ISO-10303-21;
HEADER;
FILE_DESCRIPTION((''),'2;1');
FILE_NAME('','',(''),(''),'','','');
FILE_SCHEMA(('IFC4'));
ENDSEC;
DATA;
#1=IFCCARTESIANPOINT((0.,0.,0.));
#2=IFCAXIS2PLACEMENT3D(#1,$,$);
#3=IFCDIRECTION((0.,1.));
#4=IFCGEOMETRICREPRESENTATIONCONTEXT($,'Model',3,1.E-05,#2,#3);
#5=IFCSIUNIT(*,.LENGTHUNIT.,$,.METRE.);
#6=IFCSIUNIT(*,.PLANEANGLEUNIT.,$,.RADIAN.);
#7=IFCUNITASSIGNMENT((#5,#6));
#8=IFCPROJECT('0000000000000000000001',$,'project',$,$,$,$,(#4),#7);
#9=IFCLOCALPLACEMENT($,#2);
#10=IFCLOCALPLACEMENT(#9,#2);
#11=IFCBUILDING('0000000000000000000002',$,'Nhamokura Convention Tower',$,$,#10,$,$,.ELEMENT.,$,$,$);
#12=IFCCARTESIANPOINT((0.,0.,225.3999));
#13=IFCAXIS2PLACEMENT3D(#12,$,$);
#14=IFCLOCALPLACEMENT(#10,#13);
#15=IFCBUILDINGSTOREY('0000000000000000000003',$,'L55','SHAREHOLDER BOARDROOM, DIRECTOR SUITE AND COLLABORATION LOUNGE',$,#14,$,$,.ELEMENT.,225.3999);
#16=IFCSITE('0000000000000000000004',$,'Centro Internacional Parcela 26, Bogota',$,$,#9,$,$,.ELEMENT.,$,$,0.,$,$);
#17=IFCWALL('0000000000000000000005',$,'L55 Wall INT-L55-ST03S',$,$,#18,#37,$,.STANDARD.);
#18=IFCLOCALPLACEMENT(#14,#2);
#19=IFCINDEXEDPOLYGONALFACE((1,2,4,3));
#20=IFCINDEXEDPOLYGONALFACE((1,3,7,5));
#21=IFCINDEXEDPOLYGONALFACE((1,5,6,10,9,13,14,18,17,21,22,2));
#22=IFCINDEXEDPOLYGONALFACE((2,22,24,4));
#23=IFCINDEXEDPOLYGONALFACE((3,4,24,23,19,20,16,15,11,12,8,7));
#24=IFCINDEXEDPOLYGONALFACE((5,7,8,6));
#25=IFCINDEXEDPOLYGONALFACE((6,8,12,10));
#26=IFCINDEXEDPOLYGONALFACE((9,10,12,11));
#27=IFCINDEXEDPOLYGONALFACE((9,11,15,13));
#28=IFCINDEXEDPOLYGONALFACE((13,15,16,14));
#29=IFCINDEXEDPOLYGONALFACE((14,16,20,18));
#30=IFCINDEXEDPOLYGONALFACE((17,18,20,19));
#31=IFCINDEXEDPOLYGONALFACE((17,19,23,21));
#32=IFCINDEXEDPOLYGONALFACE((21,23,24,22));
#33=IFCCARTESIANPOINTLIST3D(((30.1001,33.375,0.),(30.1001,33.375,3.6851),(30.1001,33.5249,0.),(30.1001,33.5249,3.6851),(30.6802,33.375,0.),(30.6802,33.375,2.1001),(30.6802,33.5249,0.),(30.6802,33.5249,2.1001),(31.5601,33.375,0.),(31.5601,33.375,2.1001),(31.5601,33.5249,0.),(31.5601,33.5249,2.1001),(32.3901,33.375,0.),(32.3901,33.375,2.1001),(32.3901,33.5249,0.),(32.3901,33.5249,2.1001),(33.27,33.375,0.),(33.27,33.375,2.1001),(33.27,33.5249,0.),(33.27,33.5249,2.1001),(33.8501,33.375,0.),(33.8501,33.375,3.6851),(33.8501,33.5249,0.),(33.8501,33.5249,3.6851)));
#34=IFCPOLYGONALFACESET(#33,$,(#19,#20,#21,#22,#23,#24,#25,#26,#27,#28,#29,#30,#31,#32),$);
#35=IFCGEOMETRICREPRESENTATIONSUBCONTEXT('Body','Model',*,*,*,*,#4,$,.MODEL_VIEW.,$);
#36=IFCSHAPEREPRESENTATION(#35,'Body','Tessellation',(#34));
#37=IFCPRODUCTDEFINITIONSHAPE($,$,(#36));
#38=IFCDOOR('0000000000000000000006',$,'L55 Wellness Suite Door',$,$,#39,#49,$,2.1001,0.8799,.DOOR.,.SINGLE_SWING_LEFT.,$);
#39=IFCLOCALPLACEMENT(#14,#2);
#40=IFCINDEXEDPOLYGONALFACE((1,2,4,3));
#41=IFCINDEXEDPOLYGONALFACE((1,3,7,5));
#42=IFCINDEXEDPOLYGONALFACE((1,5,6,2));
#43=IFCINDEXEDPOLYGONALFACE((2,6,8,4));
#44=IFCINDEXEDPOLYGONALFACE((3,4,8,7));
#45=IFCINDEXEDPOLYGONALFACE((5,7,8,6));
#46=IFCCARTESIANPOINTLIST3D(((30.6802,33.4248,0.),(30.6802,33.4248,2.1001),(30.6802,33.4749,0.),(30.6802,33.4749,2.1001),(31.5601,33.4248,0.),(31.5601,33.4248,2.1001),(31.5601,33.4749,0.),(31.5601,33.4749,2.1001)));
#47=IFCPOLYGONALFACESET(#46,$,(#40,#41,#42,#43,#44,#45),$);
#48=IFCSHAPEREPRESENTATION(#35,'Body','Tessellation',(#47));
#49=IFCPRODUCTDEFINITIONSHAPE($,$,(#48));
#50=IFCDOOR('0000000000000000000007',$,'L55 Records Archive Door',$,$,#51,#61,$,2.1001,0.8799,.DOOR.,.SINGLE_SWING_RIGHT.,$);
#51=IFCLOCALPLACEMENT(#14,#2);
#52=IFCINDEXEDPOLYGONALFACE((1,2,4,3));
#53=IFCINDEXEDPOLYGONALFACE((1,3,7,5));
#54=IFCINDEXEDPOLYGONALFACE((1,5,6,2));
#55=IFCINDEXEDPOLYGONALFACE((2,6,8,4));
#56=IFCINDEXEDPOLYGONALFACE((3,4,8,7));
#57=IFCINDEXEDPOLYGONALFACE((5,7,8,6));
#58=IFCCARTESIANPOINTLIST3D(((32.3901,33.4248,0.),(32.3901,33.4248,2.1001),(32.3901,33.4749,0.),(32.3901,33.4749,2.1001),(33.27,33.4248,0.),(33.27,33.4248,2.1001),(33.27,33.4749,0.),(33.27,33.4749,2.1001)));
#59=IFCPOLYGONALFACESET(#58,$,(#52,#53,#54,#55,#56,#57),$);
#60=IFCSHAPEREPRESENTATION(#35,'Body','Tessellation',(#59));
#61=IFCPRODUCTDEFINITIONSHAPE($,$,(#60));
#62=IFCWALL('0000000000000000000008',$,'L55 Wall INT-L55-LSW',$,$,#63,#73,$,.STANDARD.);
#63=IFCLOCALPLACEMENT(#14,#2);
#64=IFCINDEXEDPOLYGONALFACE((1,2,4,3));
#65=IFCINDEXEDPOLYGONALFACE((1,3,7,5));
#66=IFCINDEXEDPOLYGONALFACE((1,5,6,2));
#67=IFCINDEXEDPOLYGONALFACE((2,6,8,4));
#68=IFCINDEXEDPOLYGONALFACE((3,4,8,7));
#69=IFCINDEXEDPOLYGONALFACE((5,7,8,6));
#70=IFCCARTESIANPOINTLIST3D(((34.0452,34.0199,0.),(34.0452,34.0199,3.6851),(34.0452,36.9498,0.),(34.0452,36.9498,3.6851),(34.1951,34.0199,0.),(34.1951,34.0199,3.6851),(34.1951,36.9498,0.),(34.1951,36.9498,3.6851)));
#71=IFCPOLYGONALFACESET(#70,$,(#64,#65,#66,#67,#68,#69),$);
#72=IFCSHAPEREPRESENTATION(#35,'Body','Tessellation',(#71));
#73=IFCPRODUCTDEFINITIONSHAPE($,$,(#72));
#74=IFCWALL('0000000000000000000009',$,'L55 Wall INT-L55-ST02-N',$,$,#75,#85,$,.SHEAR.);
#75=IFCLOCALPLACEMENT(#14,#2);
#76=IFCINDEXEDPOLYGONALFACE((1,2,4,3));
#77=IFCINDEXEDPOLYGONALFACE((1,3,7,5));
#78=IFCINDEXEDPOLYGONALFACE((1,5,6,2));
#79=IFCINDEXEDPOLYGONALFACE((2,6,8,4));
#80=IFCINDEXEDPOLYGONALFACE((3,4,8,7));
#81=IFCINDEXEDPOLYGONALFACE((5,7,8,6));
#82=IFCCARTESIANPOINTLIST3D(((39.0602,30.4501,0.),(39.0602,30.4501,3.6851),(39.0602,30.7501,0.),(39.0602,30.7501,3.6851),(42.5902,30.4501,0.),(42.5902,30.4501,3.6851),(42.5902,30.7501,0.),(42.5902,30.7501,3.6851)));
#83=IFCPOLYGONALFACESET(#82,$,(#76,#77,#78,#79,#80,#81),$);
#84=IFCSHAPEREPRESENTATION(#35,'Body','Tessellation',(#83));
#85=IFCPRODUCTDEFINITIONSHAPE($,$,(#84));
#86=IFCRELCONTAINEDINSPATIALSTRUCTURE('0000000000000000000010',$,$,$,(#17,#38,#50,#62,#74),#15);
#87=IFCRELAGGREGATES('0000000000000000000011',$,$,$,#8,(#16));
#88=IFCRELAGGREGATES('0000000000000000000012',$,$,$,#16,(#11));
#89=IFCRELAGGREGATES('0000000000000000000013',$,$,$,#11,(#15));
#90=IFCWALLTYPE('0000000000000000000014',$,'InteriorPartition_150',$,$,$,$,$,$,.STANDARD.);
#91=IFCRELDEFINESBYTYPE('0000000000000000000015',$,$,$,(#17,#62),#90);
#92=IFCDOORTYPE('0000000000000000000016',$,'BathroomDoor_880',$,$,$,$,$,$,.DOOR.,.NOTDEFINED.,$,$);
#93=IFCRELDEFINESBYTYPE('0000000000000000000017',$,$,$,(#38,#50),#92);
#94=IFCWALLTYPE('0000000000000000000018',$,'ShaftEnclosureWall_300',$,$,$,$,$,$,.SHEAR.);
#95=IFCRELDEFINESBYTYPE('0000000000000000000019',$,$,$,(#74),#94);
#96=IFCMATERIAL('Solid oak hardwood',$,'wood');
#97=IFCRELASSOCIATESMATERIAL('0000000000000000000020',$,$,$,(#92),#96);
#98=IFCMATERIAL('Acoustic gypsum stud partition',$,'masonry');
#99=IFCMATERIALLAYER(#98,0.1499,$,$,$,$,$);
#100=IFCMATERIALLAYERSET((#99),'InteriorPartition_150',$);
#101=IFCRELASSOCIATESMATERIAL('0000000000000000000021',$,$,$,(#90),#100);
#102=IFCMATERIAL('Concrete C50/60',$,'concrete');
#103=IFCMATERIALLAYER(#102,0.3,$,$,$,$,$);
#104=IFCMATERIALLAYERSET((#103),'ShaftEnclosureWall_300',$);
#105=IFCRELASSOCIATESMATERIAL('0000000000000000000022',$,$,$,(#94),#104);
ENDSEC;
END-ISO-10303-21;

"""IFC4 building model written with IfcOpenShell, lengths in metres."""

from ifc_helpers import new_model, si_unit, direction, frame, frame_2d, origin, place, context, subcontext, project, spatial, rectangle, extrude, material, layer, layer_set, type_object, element, fill, save


model = new_model("IFC4")

# Units and contexts
model_context = context("Model", 3, precision=1e-05, world=origin(), true_north=direction((0.0, 1.0)))
body_context = subcontext(model_context, "Body", "Model", "MODEL_VIEW")
ifc_project = project(units=[si_unit("LENGTHUNIT", "METRE"), si_unit("PLANEANGLEUNIT", "RADIAN")], contexts=[model_context])

# Site, building, storey
site_placement = place(None, origin())
site = spatial("IfcSite", under=ifc_project, at=site_placement, Name="Centro Internacional Parcela 26, Bogota", CompositionType="ELEMENT", RefElevation=0.0)
building_placement = place(site_placement, origin())
building = spatial("IfcBuilding", under=site, at=building_placement, Name="Nhamokura Convention Tower", CompositionType="ELEMENT")
storey_placement = place(building_placement, frame((0.0, 0.0, 225.3999)))
storey = spatial("IfcBuildingStorey", under=building, at=storey_placement, Name="L55", Description="SHAREHOLDER BOARDROOM, DIRECTOR SUITE AND COLLABORATION LOUNGE", CompositionType="ELEMENT", Elevation=225.3999)

# Shared definitions
ifc_material_1 = material(Name="Solid oak hardwood", Category="wood")
door_type_1 = type_object("IfcDoorType", Name="BathroomDoor_880", OperationType="NOTDEFINED", PredefinedType="DOOR", material=ifc_material_1)

# Shared definitions
ifc_material_2 = material(Name="Acoustic gypsum stud partition", Category="masonry")
ifc_layer_1 = layer(ifc_material_2, 0.1499)
ifc_layer_set_1 = layer_set([ifc_layer_1], Name="InteriorPartition_150")
wall_type_1 = type_object("IfcWallType", Name="InteriorPartition_150", PredefinedType="STANDARD", material=ifc_layer_set_1)

# Wall, openings, doors
wall_1_placement = place(storey_placement, frame((30.1001, 33.45, 0.0), z_axis=(0.0, 0.0, 1.0), x_axis=(1.0, 0.0, 0.0)))
wall_1 = element("IfcWall", 1, at=wall_1_placement, inside=storey, type_object=wall_type_1, Name="L55 Wall INT-L55-ST03S", PredefinedType="STANDARD", context=body_context, shape_type="SweptSolid", body=[
    extrude(rectangle(XDim=3.75, YDim=0.1499, at=frame_2d((1.875, 0.0))), origin(), (0.0, 0.0, 1.0), 3.6851),
])
opening_1_placement = place(wall_1_placement, frame((0.5801, 0.0, 0.0)))
opening_1 = element("IfcOpeningElement", 2, at=opening_1_placement, cuts=wall_1, PredefinedType="OPENING", context=body_context, shape_type="SweptSolid", body=[
    extrude(rectangle(XDim=0.8799, YDim=2.1001, at=frame_2d((0.4399, 1.05))), frame((0.0, 0.085, 0.0), z_axis=(0.0, -1.0, 0.0), x_axis=(1.0, 0.0, 0.0)), (0.0, 0.0, 1.0), 0.1699),
])
opening_2_placement = place(wall_1_placement, frame((2.29, 0.0, 0.0)))
opening_2 = element("IfcOpeningElement", 3, at=opening_2_placement, cuts=wall_1, PredefinedType="OPENING", context=body_context, shape_type="SweptSolid", body=[
    extrude(rectangle(XDim=0.8799, YDim=2.1001, at=frame_2d((0.4399, 1.05))), frame((0.0, 0.085, 0.0), z_axis=(0.0, -1.0, 0.0), x_axis=(1.0, 0.0, 0.0)), (0.0, 0.0, 1.0), 0.1699),
])
door_1_placement = place(opening_1_placement, origin())
door_1 = element("IfcDoor", 4, at=door_1_placement, inside=storey, type_object=door_type_1, Name="L55 Wellness Suite Door", OperationType="SINGLE_SWING_LEFT", OverallHeight=2.1001, OverallWidth=0.8799, PredefinedType="DOOR", context=body_context, shape_type="SweptSolid", body=[
    extrude(rectangle(XDim=0.8799, YDim=2.1001, at=frame_2d((0.4399, 1.05))), frame((0.0, 0.0249, 0.0), z_axis=(0.0, -1.0, 0.0), x_axis=(1.0, 0.0, 0.0)), (0.0, 0.0, 1.0), 0.05),
])
fill(opening_1, door_1)
door_2_placement = place(opening_2_placement, origin())
door_2 = element("IfcDoor", 5, at=door_2_placement, inside=storey, type_object=door_type_1, Name="L55 Records Archive Door", OperationType="SINGLE_SWING_RIGHT", OverallHeight=2.1001, OverallWidth=0.8799, PredefinedType="DOOR", context=body_context, shape_type="SweptSolid", body=[
    extrude(rectangle(XDim=0.8799, YDim=2.1001, at=frame_2d((0.4399, 1.05))), frame((0.0, 0.0249, 0.0), z_axis=(0.0, -1.0, 0.0), x_axis=(1.0, 0.0, 0.0)), (0.0, 0.0, 1.0), 0.05),
])
fill(opening_2, door_2)

# Walls
wall_2_placement = place(storey_placement, frame((34.1201, 34.02, 0.0), z_axis=(0.0, 0.0, 1.0), x_axis=(0.0, 1.0, 0.0)))
element("IfcWall", 6, at=wall_2_placement, inside=storey, type_object=wall_type_1, Name="L55 Wall INT-L55-LSW", PredefinedType="STANDARD", context=body_context, shape_type="SweptSolid", body=[
    extrude(rectangle(XDim=2.9299, YDim=0.1499, at=frame_2d((1.4648, 0.0))), origin(), (0.0, 0.0, 1.0), 3.6851),
])
ifc_material_3 = material(Name="Concrete C50/60", Category="concrete")
ifc_layer_2 = layer(ifc_material_3, 0.3)
ifc_layer_set_2 = layer_set([ifc_layer_2], Name="ShaftEnclosureWall_300")
wall_type_2 = type_object("IfcWallType", Name="ShaftEnclosureWall_300", PredefinedType="SHEAR", material=ifc_layer_set_2)
wall_3_placement = place(storey_placement, frame((39.0601, 30.6001, 0.0), z_axis=(0.0, 0.0, 1.0), x_axis=(1.0, 0.0, 0.0)))
element("IfcWall", 7, at=wall_3_placement, inside=storey, type_object=wall_type_2, Name="L55 Wall INT-L55-ST02-N", PredefinedType="SHEAR", context=body_context, shape_type="SweptSolid", body=[
    extrude(rectangle(XDim=3.53, YDim=0.3, at=frame_2d((1.7651, 0.0))), origin(), (0.0, 0.0, 1.0), 3.6851),
])

save(model, "model.ifc")
